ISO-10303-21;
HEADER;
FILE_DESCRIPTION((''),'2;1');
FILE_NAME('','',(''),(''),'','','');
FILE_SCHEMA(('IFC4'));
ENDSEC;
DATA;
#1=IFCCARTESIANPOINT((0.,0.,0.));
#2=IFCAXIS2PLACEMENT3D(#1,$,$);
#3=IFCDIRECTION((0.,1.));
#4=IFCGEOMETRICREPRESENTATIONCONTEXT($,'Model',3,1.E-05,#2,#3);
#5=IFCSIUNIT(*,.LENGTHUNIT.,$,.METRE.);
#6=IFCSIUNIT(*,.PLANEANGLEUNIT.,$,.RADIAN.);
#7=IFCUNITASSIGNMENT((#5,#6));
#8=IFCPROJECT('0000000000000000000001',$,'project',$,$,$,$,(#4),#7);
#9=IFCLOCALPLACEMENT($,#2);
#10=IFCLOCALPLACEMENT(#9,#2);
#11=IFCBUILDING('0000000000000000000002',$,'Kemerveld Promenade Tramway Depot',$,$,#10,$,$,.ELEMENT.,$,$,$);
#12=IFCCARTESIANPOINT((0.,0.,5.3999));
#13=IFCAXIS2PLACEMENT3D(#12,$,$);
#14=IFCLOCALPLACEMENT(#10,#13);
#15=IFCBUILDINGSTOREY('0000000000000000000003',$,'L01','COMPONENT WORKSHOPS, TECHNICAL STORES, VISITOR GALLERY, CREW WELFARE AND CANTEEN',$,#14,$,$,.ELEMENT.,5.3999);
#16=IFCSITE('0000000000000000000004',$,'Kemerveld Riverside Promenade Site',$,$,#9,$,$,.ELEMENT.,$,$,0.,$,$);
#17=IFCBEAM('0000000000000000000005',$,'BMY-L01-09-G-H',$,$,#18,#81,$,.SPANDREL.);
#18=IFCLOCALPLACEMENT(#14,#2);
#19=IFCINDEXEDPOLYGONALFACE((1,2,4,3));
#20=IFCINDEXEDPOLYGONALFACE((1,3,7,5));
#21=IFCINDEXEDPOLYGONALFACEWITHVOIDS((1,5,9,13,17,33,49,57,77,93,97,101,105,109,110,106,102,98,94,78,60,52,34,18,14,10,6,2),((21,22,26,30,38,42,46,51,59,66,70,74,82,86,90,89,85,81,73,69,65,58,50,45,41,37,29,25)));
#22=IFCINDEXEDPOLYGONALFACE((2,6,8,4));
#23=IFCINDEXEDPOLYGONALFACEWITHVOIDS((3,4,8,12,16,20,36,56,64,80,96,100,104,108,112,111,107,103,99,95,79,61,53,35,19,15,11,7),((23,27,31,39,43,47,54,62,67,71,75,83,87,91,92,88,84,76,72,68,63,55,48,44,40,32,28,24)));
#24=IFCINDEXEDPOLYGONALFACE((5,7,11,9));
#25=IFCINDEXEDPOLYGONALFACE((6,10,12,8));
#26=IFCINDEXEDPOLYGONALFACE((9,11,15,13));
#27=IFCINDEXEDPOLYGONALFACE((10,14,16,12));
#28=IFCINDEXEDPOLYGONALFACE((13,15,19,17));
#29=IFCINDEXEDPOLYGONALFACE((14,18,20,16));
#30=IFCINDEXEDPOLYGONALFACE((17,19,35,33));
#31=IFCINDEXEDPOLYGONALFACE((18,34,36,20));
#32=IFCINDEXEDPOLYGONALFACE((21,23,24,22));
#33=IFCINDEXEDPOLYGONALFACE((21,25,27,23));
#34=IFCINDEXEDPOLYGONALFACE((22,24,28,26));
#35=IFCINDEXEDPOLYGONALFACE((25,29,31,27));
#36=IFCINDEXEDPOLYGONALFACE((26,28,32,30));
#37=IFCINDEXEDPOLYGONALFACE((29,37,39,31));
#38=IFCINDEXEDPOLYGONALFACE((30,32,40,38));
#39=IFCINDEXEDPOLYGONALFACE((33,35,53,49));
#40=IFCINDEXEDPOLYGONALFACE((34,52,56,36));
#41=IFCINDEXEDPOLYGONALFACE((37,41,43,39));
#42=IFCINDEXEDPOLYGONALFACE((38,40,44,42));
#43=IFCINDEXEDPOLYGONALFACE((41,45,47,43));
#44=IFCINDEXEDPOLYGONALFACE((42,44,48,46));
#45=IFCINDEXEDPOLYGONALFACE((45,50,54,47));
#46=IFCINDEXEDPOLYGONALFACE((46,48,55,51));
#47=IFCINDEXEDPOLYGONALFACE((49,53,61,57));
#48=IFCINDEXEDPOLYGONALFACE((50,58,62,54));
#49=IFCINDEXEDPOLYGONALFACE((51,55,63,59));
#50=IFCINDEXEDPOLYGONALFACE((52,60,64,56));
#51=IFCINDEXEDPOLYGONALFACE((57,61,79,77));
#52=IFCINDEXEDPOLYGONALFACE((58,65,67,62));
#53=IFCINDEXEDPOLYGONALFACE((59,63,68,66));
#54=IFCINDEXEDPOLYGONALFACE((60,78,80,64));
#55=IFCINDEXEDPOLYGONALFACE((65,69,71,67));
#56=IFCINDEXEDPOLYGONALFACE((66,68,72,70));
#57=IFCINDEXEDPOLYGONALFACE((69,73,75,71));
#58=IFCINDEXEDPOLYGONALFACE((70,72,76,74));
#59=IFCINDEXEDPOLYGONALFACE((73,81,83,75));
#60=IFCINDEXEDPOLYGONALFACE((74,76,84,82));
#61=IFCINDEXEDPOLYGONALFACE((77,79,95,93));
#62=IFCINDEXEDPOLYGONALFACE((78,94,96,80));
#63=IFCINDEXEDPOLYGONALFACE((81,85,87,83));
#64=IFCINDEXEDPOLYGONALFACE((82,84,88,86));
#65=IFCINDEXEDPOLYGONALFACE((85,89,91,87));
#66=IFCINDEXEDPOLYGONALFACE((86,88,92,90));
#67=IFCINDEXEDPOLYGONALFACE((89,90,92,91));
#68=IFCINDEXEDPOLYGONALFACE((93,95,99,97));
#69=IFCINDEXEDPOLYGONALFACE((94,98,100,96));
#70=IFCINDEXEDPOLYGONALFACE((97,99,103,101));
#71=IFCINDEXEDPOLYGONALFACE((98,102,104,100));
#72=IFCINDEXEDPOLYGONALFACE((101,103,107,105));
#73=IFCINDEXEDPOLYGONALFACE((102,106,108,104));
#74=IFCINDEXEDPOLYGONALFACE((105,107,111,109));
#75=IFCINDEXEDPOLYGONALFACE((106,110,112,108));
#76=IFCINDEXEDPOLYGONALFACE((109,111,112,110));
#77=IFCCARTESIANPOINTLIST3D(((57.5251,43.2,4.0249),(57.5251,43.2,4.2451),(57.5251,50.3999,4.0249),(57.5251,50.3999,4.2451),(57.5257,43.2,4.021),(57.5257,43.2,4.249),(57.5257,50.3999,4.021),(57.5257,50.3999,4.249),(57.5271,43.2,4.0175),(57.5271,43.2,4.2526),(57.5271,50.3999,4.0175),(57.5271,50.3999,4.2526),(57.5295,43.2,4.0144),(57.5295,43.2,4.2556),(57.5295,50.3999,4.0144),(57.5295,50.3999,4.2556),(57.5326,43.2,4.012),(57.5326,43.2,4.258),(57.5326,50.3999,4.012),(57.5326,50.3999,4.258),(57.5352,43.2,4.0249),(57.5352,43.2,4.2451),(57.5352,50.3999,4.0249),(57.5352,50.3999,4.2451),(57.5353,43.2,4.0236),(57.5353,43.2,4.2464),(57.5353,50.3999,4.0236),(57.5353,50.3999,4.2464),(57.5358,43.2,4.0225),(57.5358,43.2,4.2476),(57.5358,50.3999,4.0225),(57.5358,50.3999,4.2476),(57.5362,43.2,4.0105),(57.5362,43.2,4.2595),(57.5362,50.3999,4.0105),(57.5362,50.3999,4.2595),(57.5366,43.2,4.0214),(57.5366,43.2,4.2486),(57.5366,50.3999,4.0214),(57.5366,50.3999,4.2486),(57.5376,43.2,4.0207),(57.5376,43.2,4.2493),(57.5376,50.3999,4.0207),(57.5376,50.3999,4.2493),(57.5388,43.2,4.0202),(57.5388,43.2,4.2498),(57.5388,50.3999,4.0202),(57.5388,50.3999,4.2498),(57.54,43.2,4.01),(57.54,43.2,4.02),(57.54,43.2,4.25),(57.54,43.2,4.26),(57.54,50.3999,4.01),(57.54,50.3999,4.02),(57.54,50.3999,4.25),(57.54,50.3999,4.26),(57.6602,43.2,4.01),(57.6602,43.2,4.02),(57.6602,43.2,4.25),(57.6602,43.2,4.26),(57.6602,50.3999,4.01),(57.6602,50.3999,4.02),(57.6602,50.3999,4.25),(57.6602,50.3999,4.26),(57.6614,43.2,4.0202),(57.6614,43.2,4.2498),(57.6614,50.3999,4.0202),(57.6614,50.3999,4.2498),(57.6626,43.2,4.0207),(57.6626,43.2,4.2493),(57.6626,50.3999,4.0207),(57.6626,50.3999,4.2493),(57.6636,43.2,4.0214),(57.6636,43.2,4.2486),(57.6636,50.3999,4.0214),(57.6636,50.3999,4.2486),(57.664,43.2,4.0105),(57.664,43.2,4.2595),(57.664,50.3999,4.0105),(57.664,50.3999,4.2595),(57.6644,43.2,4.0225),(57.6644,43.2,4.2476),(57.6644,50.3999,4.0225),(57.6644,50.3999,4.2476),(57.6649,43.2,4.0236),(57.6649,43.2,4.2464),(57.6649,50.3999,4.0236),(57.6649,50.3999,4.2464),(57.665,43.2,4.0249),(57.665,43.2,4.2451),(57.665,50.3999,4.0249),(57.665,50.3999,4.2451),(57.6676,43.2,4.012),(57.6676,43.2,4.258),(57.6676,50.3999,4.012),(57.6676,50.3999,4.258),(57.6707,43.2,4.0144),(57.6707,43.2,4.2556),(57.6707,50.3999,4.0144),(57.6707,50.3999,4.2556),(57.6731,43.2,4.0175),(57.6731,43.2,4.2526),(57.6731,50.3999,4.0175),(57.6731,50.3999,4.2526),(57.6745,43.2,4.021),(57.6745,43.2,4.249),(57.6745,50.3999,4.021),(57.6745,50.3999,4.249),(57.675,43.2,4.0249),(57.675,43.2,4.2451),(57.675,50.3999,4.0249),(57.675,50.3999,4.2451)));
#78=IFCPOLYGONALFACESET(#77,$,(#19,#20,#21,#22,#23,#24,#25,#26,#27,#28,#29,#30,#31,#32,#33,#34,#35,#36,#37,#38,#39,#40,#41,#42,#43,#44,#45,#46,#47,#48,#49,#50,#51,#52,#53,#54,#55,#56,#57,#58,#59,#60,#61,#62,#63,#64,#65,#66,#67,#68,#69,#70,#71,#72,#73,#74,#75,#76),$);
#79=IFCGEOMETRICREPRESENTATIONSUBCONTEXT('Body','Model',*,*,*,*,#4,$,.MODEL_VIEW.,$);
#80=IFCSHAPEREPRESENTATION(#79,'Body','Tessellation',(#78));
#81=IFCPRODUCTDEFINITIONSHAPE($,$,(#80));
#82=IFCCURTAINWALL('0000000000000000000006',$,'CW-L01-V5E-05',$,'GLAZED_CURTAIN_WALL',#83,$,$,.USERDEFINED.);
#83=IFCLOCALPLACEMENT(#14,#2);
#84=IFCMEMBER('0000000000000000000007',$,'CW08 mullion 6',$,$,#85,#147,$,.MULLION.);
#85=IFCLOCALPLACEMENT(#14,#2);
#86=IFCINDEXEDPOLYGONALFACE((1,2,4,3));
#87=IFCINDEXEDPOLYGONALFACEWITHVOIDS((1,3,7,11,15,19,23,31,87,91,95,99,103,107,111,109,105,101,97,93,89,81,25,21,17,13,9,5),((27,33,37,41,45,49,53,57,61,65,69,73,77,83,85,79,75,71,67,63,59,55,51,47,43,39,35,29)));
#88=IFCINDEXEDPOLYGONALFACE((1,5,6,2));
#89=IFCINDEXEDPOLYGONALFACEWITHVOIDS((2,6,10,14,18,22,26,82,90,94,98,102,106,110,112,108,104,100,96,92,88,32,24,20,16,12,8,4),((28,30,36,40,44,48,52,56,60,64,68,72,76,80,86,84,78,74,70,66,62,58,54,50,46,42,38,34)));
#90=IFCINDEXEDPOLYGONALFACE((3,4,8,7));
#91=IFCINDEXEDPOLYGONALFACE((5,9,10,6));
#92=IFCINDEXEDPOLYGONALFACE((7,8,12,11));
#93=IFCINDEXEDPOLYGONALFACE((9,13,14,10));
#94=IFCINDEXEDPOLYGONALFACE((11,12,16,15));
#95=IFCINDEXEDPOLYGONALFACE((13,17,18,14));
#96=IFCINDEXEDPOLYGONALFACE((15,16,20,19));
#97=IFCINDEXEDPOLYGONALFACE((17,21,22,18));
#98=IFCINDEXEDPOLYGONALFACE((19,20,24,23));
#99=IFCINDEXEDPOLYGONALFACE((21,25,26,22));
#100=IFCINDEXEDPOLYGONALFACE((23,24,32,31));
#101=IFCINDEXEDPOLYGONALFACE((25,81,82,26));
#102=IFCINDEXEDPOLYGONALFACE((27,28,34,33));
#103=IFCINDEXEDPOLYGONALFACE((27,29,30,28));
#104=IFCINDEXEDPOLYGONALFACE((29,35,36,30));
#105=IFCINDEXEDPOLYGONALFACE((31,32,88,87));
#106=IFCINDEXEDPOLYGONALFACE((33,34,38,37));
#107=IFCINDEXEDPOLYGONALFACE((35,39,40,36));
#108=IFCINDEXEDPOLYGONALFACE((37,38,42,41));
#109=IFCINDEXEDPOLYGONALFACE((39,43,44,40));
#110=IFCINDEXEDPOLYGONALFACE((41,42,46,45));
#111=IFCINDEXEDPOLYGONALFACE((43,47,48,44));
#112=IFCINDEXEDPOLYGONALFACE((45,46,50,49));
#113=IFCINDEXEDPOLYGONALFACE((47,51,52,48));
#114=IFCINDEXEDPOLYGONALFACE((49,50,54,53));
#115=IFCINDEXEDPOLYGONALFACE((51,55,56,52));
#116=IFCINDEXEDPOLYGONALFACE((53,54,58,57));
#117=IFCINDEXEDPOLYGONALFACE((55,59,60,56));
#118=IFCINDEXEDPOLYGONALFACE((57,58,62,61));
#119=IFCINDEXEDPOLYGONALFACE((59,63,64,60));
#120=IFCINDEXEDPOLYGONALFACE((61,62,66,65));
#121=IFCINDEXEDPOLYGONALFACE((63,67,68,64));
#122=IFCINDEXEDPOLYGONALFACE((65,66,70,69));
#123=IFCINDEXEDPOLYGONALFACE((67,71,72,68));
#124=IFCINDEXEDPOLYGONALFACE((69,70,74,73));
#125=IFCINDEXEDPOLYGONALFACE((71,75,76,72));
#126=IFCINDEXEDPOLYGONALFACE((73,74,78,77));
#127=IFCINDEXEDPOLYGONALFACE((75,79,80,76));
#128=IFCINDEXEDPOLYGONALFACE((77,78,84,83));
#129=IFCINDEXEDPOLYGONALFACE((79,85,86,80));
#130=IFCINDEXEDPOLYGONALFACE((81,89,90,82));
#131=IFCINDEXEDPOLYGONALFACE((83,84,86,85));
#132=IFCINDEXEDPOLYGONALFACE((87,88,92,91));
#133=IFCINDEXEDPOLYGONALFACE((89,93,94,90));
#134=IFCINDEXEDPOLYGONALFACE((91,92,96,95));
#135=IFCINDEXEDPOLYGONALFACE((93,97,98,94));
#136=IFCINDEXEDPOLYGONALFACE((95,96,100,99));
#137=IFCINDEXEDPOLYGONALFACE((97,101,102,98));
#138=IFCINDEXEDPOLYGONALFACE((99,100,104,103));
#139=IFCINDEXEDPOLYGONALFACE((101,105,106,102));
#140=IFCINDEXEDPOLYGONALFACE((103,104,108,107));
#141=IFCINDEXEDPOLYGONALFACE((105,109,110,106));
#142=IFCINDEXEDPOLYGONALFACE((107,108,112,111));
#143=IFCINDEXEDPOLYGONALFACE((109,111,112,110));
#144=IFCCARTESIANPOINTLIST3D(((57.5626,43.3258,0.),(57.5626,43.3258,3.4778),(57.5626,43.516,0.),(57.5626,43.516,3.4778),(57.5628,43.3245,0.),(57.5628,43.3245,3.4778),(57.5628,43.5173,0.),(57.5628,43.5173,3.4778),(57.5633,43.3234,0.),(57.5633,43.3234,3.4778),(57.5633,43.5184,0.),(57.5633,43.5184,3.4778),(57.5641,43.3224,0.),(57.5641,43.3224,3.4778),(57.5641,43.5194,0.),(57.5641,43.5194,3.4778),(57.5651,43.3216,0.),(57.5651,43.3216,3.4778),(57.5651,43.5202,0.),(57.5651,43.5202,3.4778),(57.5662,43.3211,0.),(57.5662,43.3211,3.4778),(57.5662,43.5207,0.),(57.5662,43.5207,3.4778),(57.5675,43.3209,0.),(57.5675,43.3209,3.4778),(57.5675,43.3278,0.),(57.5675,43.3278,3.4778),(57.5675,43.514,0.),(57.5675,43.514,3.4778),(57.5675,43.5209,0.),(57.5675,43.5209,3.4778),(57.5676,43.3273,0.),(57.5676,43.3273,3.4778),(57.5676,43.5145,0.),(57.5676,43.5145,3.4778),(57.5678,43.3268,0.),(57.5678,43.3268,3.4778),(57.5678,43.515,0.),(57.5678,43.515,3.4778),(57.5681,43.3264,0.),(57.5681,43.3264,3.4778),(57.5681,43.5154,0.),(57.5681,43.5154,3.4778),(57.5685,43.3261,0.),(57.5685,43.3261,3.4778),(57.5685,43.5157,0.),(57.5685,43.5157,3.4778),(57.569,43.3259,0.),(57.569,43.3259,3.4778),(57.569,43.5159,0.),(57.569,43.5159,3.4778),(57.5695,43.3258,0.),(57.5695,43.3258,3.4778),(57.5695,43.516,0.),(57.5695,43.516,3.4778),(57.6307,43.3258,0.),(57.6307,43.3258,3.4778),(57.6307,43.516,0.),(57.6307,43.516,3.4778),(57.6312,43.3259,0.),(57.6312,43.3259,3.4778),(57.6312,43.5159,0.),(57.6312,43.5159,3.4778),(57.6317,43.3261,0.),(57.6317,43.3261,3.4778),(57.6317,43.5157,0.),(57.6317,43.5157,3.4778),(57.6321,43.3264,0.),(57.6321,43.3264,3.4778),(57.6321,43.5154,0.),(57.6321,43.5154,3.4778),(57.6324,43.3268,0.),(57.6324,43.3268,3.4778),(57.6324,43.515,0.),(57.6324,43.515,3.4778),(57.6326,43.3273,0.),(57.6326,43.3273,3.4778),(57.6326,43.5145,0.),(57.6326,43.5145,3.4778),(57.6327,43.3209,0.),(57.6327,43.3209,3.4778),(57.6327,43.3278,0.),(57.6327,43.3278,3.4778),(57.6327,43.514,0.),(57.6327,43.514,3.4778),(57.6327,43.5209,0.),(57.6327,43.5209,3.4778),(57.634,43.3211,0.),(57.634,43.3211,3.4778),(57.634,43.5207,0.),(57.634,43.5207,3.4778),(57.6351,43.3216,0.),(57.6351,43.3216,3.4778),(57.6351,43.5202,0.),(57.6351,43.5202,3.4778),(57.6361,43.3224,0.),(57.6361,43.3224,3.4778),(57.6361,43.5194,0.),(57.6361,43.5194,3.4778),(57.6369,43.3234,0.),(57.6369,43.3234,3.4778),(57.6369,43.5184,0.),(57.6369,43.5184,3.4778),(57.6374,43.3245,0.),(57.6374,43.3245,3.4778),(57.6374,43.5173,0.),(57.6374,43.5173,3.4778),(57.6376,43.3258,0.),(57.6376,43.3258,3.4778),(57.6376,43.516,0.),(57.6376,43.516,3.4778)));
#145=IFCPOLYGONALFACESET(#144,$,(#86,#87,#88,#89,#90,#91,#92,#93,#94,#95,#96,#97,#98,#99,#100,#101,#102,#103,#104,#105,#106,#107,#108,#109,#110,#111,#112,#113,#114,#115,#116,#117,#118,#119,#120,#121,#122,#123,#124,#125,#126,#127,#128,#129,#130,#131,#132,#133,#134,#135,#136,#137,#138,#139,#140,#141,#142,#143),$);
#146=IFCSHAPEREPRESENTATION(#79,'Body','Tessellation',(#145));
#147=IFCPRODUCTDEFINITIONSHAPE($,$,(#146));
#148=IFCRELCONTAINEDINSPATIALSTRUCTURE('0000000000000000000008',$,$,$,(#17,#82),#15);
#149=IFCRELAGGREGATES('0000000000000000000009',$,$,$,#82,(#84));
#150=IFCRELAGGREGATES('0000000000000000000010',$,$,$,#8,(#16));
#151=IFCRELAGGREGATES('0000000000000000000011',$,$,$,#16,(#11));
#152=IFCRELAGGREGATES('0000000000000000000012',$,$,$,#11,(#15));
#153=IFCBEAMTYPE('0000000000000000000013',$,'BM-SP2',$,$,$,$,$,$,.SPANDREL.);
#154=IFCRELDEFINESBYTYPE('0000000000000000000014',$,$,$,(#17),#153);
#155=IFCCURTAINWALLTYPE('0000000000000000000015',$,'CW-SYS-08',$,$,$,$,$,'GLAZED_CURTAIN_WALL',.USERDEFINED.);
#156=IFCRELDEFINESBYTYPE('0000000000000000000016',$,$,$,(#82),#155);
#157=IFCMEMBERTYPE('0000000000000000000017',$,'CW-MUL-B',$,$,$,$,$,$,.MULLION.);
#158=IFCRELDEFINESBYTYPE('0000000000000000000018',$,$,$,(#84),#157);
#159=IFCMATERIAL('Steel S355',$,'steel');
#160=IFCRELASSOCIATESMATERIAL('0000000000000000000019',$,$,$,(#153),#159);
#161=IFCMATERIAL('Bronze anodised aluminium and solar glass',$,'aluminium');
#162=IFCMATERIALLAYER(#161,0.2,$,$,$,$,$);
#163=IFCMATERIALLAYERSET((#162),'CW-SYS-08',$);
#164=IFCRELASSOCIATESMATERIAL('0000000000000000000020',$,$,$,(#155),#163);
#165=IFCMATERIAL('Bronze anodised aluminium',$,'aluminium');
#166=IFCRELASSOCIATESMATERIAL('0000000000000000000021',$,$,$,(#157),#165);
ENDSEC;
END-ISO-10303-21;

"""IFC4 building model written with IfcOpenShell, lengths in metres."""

from ifc_helpers import new_model, si_unit, direction, frame, origin, origin_2d, place, context, subcontext, project, spatial, hollow_rectangle, extrude, material, layer, layer_set, material_profile, profile_set, type_object, element, aggregate, save


model = new_model("IFC4")

# Units and contexts
model_context = context("Model", 3, precision=1e-05, world=origin(), true_north=direction((0.0, 1.0)))
body_context = subcontext(model_context, "Body", "Model", "MODEL_VIEW")
ifc_project = project(units=[si_unit("LENGTHUNIT", "METRE"), si_unit("PLANEANGLEUNIT", "RADIAN")], contexts=[model_context])

# Site, building, storey
site_placement = place(None, origin())
site = spatial("IfcSite", under=ifc_project, at=site_placement, Name="Kemerveld Riverside Promenade Site", CompositionType="ELEMENT", RefElevation=0.0)
building_placement = place(site_placement, origin())
building = spatial("IfcBuilding", under=site, at=building_placement, Name="Kemerveld Promenade Tramway Depot", CompositionType="ELEMENT")
storey_placement = place(building_placement, frame((0.0, 0.0, 5.3999)))
storey = spatial("IfcBuildingStorey", under=building, at=storey_placement, Name="L01", Description="COMPONENT WORKSHOPS, TECHNICAL STORES, VISITOR GALLERY, CREW WELFARE AND CANTEEN", CompositionType="ELEMENT", Elevation=5.3999)

# Shared definitions
ifc_material_1 = material(Name="Steel S355", Category="steel")

# Beam
ifc_material_profile_1 = material_profile(ifc_material_1, hollow_rectangle(XDim=0.1499, YDim=0.25, WallThickness=0.01, InnerFilletRadius=0.0049, OuterFilletRadius=0.0149, at=origin_2d()), Name="250x150x10.0 RHS")
ifc_profile_set_1 = profile_set([ifc_material_profile_1], Name="Steel S355")
beam_type_1 = type_object("IfcBeamType", Name="BM-SP2", PredefinedType="SPANDREL", material=ifc_profile_set_1)
beam_1_placement = place(storey_placement, frame((57.6001, 43.2, 4.135), z_axis=(0.0, 1.0, 0.0), x_axis=(-1.0, 0.0, 0.0)))
element("IfcBeam", 1, at=beam_1_placement, inside=storey, type_object=beam_type_1, Name="BMY-L01-09-G-H", PredefinedType="SPANDREL", context=body_context, shape_type="SweptSolid", body=[
    extrude(hollow_rectangle(XDim=0.1499, YDim=0.25, WallThickness=0.01, InnerFilletRadius=0.0049, OuterFilletRadius=0.0149, at=origin_2d()), origin(), (0.0, 0.0, 1.0), 7.2),
])

# Curtain wall, member
ifc_material_2 = material(Name="Bronze anodised aluminium and solar glass", Category="aluminium")
ifc_layer_1 = layer(ifc_material_2, 0.2)
ifc_layer_set_1 = layer_set([ifc_layer_1], Name="CW-SYS-08")
curtain_wall_type_1 = type_object("IfcCurtainWallType", Name="CW-SYS-08", ElementType="GLAZED_CURTAIN_WALL", PredefinedType="USERDEFINED", material=ifc_layer_set_1)
curtain_wall_1_placement = place(storey_placement, origin())
curtain_wall_1 = element("IfcCurtainWall", 2, at=curtain_wall_1_placement, inside=storey, type_object=curtain_wall_type_1, Name="CW-L01-V5E-05", ObjectType="GLAZED_CURTAIN_WALL", PredefinedType="USERDEFINED")
ifc_material_3 = material(Name="Bronze anodised aluminium", Category="aluminium")
ifc_material_profile_2 = material_profile(ifc_material_3, hollow_rectangle(XDim=0.075, YDim=0.2, WallThickness=0.0049, InnerFilletRadius=0.002, OuterFilletRadius=0.0049, at=origin_2d()), Name="CW-MUL-200x75")
ifc_profile_set_2 = profile_set([ifc_material_profile_2], Name="Bronze anodised aluminium")
member_type_1 = type_object("IfcMemberType", Name="CW-MUL-B", PredefinedType="MULLION", material=ifc_profile_set_2)
member_1_placement = place(storey_placement, frame((57.6001, 43.4209, 0.0), z_axis=(0.0, 0.0, 1.0), x_axis=(1.0, 0.0, 0.0)))
member_1 = element("IfcMember", 3, at=member_1_placement, type_object=member_type_1, Name="CW08 mullion 6", PredefinedType="MULLION", context=body_context, shape_type="SweptSolid", body=[
    extrude(hollow_rectangle(XDim=0.075, YDim=0.2, WallThickness=0.0049, InnerFilletRadius=0.002, OuterFilletRadius=0.0049, at=origin_2d()), origin(), (0.0, 0.0, 1.0), 3.4778),
])
aggregate(curtain_wall_1, [member_1])

save(model, "model.ifc")
